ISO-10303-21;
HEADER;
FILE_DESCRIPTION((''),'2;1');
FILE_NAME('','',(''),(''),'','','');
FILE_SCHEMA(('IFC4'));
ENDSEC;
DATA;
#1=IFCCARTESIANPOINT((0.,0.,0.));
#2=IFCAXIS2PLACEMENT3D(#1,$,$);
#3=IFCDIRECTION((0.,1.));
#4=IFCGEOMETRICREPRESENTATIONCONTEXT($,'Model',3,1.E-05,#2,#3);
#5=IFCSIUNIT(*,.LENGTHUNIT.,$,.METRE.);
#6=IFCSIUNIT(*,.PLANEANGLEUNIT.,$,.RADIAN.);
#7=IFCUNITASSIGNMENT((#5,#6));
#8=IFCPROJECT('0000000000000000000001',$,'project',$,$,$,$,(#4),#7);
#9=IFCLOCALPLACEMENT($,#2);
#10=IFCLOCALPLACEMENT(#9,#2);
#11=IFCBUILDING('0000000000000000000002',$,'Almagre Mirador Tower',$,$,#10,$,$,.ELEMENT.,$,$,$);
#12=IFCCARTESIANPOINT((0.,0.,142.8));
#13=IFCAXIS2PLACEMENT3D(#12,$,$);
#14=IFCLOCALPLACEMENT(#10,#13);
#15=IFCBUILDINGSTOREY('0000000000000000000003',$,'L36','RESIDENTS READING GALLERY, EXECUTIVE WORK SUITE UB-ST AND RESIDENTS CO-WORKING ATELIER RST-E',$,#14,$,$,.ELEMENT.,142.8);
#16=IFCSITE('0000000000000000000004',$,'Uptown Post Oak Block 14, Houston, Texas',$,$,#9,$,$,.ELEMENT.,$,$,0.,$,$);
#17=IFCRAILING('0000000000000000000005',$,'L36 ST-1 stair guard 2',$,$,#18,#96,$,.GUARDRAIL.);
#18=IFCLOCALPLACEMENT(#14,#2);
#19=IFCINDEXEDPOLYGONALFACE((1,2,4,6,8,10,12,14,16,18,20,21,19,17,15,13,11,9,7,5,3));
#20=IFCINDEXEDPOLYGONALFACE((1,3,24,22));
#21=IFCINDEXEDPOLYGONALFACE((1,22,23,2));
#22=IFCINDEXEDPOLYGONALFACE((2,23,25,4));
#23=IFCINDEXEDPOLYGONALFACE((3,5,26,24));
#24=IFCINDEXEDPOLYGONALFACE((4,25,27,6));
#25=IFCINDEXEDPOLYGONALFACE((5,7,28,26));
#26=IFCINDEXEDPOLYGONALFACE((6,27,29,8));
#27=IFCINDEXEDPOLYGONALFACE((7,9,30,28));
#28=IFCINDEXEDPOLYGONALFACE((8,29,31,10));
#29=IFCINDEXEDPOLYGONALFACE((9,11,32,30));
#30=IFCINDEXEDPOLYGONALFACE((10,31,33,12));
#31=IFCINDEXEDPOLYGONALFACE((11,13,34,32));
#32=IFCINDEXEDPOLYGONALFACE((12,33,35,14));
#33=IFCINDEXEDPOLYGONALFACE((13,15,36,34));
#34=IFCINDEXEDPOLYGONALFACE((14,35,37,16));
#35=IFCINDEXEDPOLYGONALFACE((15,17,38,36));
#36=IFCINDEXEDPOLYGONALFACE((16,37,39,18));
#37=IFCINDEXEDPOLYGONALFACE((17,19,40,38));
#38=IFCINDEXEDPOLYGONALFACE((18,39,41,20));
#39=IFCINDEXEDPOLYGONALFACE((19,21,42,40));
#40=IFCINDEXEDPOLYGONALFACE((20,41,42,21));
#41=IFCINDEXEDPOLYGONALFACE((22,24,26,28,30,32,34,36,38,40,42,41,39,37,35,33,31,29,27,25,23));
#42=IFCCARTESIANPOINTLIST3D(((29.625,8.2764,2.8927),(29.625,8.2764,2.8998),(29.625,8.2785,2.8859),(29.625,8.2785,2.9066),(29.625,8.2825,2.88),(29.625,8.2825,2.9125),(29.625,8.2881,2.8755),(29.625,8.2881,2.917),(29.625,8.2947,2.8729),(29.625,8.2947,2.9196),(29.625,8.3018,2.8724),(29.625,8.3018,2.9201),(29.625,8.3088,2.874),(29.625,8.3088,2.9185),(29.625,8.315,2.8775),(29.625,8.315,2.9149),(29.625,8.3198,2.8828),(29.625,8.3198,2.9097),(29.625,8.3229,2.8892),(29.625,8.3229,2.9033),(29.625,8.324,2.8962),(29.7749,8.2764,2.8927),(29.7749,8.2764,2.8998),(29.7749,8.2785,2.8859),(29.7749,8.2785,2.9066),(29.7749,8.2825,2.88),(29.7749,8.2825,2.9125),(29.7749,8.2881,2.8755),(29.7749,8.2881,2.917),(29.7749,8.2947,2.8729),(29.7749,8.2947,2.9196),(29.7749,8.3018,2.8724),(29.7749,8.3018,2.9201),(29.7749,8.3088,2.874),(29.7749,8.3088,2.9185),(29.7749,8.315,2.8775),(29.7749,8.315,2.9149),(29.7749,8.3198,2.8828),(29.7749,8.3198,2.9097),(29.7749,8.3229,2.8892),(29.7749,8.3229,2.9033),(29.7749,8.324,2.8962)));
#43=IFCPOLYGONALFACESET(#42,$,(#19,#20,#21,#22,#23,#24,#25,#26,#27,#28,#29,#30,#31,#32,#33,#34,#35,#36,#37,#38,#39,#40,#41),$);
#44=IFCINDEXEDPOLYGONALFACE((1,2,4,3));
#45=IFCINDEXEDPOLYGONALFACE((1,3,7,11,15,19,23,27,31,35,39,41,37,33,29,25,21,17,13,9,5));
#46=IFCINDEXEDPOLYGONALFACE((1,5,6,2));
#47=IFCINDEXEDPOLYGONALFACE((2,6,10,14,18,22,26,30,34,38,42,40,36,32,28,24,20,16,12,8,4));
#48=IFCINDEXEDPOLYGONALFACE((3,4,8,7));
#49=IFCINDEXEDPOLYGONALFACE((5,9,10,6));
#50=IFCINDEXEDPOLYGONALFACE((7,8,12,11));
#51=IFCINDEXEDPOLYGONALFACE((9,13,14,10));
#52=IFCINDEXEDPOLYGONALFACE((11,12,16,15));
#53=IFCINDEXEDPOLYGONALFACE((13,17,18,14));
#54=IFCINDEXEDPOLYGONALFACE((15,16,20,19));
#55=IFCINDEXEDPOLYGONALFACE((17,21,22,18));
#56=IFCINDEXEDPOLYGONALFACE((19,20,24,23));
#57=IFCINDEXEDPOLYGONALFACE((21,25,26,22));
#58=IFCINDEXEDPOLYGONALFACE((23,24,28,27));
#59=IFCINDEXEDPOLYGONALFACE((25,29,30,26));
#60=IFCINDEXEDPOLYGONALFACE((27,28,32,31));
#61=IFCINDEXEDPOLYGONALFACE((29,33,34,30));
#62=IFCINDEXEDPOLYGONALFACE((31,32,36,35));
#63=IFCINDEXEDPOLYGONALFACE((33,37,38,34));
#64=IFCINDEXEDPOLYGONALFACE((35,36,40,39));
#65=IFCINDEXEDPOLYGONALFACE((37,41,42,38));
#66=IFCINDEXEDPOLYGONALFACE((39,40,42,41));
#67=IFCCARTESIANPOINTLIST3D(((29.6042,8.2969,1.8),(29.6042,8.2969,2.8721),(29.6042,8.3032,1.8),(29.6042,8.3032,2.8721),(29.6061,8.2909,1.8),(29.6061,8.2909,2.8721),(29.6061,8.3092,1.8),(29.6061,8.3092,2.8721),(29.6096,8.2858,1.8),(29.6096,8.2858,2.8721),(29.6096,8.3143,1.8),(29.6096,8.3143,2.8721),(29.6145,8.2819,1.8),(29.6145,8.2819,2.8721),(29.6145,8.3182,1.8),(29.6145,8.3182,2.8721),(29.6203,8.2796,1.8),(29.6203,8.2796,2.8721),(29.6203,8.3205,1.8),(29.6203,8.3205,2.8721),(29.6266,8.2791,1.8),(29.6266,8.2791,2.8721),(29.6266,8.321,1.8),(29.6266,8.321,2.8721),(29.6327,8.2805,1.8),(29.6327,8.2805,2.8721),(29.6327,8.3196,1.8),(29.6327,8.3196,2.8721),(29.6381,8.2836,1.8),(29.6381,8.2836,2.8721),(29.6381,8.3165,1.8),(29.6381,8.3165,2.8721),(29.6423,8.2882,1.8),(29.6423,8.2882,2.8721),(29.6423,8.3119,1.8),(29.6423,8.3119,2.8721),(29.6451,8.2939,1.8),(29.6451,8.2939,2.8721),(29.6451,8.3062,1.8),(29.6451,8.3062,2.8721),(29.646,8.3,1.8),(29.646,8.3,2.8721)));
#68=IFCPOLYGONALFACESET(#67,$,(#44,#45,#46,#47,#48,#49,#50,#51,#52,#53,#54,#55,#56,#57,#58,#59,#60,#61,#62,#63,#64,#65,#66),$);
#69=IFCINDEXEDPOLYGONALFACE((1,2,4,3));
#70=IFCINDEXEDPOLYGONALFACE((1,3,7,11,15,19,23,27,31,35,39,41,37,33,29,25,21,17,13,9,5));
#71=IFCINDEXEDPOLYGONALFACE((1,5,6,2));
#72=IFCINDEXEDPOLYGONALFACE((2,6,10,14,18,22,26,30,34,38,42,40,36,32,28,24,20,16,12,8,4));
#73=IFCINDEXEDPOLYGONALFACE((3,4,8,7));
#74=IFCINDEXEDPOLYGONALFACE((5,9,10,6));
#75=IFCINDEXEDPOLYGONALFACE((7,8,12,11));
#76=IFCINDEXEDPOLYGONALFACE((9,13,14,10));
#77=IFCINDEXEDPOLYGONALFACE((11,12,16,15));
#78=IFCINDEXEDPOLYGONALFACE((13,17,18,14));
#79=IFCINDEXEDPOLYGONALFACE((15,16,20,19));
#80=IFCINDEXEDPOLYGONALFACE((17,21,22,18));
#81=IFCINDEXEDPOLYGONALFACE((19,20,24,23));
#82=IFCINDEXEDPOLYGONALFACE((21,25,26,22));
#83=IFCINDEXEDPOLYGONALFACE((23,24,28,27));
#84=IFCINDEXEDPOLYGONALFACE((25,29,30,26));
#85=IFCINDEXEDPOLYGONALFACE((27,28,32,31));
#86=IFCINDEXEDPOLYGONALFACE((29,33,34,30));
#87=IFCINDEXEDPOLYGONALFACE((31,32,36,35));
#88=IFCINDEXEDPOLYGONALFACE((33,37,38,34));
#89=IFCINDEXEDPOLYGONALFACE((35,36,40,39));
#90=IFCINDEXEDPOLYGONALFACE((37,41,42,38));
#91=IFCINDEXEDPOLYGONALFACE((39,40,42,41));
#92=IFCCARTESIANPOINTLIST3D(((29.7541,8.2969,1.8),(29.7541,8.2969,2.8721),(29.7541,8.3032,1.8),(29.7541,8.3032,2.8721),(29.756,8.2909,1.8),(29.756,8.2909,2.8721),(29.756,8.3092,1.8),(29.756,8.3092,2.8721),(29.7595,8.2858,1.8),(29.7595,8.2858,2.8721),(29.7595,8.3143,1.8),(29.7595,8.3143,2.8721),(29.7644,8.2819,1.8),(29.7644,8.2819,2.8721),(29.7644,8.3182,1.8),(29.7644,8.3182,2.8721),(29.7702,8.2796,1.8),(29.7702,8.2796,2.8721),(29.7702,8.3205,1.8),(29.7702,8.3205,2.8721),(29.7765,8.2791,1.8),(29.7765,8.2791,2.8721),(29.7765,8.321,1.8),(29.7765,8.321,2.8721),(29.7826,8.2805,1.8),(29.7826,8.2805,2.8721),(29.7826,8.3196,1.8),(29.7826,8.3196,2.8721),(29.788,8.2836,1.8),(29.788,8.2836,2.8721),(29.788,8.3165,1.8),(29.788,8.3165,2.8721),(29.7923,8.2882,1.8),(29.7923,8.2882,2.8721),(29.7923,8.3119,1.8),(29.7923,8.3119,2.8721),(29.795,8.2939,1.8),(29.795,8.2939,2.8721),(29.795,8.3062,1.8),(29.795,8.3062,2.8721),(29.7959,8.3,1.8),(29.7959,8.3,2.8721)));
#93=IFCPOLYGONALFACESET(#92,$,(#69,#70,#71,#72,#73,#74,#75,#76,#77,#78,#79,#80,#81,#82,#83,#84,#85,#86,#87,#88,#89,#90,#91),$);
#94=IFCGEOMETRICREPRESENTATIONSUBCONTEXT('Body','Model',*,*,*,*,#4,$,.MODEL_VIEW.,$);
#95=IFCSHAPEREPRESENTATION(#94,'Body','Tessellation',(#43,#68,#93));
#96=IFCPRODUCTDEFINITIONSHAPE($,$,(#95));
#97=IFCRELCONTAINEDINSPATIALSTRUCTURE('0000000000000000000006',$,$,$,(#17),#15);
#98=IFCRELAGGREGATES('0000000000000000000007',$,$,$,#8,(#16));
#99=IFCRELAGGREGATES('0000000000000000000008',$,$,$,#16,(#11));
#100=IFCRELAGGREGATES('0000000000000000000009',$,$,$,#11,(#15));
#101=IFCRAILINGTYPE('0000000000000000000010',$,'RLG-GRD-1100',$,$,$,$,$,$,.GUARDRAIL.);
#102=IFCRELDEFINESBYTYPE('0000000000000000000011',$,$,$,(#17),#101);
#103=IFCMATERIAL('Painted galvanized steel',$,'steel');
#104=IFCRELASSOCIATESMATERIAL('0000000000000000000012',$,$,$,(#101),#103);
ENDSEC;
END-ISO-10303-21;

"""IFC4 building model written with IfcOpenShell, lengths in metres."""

from ifc_helpers import new_model, si_unit, direction, frame, origin, origin_2d, place, context, subcontext, project, spatial, circle, extrude, material, type_object, element, save


model = new_model("IFC4")

# Units and contexts
model_context = context("Model", 3, precision=1e-05, world=origin(), true_north=direction((0.0, 1.0)))
body_context = subcontext(model_context, "Body", "Model", "MODEL_VIEW")
ifc_project = project(units=[si_unit("LENGTHUNIT", "METRE"), si_unit("PLANEANGLEUNIT", "RADIAN")], contexts=[model_context])

# Site, building, storey
site_placement = place(None, origin())
site = spatial("IfcSite", under=ifc_project, at=site_placement, Name="Uptown Post Oak Block 14, Houston, Texas", CompositionType="ELEMENT", RefElevation=0.0)
building_placement = place(site_placement, origin())
building = spatial("IfcBuilding", under=site, at=building_placement, Name="Almagre Mirador Tower", CompositionType="ELEMENT")
storey_placement = place(building_placement, frame((0.0, 0.0, 142.8)))
storey = spatial("IfcBuildingStorey", under=building, at=storey_placement, Name="L36", Description="RESIDENTS READING GALLERY, EXECUTIVE WORK SUITE UB-ST AND RESIDENTS CO-WORKING ATELIER RST-E", CompositionType="ELEMENT", Elevation=142.8)

# Railing
ifc_material_1 = material(Name="Painted galvanized steel", Category="steel")
railing_type_1 = type_object("IfcRailingType", Name="RLG-GRD-1100", PredefinedType="GUARDRAIL", material=ifc_material_1)
railing_1_placement = place(storey_placement, frame((29.625, 8.3, 1.8)))
element("IfcRailing", 1, at=railing_1_placement, inside=storey, type_object=railing_type_1, Name="L36 ST-1 stair guard 2", PredefinedType="GUARDRAIL", context=body_context, shape_type="SweptSolid", body=[
    extrude(circle(Radius=0.0239, at=origin_2d()), frame((0.0, 0.0, 1.0962), z_axis=(1.0, 0.0, 0.0), x_axis=(0.0, 1.0, 0.0)), (0.0, 0.0, 1.0), 0.1499),
    extrude(circle(Radius=0.021, at=origin_2d()), origin(), (0.0, 0.0, 1.0), 1.072),
    extrude(circle(Radius=0.021, at=origin_2d()), frame((0.1499, 0.0, 0.0)), (0.0, 0.0, 1.0), 1.072),
])

save(model, "model.ifc")
